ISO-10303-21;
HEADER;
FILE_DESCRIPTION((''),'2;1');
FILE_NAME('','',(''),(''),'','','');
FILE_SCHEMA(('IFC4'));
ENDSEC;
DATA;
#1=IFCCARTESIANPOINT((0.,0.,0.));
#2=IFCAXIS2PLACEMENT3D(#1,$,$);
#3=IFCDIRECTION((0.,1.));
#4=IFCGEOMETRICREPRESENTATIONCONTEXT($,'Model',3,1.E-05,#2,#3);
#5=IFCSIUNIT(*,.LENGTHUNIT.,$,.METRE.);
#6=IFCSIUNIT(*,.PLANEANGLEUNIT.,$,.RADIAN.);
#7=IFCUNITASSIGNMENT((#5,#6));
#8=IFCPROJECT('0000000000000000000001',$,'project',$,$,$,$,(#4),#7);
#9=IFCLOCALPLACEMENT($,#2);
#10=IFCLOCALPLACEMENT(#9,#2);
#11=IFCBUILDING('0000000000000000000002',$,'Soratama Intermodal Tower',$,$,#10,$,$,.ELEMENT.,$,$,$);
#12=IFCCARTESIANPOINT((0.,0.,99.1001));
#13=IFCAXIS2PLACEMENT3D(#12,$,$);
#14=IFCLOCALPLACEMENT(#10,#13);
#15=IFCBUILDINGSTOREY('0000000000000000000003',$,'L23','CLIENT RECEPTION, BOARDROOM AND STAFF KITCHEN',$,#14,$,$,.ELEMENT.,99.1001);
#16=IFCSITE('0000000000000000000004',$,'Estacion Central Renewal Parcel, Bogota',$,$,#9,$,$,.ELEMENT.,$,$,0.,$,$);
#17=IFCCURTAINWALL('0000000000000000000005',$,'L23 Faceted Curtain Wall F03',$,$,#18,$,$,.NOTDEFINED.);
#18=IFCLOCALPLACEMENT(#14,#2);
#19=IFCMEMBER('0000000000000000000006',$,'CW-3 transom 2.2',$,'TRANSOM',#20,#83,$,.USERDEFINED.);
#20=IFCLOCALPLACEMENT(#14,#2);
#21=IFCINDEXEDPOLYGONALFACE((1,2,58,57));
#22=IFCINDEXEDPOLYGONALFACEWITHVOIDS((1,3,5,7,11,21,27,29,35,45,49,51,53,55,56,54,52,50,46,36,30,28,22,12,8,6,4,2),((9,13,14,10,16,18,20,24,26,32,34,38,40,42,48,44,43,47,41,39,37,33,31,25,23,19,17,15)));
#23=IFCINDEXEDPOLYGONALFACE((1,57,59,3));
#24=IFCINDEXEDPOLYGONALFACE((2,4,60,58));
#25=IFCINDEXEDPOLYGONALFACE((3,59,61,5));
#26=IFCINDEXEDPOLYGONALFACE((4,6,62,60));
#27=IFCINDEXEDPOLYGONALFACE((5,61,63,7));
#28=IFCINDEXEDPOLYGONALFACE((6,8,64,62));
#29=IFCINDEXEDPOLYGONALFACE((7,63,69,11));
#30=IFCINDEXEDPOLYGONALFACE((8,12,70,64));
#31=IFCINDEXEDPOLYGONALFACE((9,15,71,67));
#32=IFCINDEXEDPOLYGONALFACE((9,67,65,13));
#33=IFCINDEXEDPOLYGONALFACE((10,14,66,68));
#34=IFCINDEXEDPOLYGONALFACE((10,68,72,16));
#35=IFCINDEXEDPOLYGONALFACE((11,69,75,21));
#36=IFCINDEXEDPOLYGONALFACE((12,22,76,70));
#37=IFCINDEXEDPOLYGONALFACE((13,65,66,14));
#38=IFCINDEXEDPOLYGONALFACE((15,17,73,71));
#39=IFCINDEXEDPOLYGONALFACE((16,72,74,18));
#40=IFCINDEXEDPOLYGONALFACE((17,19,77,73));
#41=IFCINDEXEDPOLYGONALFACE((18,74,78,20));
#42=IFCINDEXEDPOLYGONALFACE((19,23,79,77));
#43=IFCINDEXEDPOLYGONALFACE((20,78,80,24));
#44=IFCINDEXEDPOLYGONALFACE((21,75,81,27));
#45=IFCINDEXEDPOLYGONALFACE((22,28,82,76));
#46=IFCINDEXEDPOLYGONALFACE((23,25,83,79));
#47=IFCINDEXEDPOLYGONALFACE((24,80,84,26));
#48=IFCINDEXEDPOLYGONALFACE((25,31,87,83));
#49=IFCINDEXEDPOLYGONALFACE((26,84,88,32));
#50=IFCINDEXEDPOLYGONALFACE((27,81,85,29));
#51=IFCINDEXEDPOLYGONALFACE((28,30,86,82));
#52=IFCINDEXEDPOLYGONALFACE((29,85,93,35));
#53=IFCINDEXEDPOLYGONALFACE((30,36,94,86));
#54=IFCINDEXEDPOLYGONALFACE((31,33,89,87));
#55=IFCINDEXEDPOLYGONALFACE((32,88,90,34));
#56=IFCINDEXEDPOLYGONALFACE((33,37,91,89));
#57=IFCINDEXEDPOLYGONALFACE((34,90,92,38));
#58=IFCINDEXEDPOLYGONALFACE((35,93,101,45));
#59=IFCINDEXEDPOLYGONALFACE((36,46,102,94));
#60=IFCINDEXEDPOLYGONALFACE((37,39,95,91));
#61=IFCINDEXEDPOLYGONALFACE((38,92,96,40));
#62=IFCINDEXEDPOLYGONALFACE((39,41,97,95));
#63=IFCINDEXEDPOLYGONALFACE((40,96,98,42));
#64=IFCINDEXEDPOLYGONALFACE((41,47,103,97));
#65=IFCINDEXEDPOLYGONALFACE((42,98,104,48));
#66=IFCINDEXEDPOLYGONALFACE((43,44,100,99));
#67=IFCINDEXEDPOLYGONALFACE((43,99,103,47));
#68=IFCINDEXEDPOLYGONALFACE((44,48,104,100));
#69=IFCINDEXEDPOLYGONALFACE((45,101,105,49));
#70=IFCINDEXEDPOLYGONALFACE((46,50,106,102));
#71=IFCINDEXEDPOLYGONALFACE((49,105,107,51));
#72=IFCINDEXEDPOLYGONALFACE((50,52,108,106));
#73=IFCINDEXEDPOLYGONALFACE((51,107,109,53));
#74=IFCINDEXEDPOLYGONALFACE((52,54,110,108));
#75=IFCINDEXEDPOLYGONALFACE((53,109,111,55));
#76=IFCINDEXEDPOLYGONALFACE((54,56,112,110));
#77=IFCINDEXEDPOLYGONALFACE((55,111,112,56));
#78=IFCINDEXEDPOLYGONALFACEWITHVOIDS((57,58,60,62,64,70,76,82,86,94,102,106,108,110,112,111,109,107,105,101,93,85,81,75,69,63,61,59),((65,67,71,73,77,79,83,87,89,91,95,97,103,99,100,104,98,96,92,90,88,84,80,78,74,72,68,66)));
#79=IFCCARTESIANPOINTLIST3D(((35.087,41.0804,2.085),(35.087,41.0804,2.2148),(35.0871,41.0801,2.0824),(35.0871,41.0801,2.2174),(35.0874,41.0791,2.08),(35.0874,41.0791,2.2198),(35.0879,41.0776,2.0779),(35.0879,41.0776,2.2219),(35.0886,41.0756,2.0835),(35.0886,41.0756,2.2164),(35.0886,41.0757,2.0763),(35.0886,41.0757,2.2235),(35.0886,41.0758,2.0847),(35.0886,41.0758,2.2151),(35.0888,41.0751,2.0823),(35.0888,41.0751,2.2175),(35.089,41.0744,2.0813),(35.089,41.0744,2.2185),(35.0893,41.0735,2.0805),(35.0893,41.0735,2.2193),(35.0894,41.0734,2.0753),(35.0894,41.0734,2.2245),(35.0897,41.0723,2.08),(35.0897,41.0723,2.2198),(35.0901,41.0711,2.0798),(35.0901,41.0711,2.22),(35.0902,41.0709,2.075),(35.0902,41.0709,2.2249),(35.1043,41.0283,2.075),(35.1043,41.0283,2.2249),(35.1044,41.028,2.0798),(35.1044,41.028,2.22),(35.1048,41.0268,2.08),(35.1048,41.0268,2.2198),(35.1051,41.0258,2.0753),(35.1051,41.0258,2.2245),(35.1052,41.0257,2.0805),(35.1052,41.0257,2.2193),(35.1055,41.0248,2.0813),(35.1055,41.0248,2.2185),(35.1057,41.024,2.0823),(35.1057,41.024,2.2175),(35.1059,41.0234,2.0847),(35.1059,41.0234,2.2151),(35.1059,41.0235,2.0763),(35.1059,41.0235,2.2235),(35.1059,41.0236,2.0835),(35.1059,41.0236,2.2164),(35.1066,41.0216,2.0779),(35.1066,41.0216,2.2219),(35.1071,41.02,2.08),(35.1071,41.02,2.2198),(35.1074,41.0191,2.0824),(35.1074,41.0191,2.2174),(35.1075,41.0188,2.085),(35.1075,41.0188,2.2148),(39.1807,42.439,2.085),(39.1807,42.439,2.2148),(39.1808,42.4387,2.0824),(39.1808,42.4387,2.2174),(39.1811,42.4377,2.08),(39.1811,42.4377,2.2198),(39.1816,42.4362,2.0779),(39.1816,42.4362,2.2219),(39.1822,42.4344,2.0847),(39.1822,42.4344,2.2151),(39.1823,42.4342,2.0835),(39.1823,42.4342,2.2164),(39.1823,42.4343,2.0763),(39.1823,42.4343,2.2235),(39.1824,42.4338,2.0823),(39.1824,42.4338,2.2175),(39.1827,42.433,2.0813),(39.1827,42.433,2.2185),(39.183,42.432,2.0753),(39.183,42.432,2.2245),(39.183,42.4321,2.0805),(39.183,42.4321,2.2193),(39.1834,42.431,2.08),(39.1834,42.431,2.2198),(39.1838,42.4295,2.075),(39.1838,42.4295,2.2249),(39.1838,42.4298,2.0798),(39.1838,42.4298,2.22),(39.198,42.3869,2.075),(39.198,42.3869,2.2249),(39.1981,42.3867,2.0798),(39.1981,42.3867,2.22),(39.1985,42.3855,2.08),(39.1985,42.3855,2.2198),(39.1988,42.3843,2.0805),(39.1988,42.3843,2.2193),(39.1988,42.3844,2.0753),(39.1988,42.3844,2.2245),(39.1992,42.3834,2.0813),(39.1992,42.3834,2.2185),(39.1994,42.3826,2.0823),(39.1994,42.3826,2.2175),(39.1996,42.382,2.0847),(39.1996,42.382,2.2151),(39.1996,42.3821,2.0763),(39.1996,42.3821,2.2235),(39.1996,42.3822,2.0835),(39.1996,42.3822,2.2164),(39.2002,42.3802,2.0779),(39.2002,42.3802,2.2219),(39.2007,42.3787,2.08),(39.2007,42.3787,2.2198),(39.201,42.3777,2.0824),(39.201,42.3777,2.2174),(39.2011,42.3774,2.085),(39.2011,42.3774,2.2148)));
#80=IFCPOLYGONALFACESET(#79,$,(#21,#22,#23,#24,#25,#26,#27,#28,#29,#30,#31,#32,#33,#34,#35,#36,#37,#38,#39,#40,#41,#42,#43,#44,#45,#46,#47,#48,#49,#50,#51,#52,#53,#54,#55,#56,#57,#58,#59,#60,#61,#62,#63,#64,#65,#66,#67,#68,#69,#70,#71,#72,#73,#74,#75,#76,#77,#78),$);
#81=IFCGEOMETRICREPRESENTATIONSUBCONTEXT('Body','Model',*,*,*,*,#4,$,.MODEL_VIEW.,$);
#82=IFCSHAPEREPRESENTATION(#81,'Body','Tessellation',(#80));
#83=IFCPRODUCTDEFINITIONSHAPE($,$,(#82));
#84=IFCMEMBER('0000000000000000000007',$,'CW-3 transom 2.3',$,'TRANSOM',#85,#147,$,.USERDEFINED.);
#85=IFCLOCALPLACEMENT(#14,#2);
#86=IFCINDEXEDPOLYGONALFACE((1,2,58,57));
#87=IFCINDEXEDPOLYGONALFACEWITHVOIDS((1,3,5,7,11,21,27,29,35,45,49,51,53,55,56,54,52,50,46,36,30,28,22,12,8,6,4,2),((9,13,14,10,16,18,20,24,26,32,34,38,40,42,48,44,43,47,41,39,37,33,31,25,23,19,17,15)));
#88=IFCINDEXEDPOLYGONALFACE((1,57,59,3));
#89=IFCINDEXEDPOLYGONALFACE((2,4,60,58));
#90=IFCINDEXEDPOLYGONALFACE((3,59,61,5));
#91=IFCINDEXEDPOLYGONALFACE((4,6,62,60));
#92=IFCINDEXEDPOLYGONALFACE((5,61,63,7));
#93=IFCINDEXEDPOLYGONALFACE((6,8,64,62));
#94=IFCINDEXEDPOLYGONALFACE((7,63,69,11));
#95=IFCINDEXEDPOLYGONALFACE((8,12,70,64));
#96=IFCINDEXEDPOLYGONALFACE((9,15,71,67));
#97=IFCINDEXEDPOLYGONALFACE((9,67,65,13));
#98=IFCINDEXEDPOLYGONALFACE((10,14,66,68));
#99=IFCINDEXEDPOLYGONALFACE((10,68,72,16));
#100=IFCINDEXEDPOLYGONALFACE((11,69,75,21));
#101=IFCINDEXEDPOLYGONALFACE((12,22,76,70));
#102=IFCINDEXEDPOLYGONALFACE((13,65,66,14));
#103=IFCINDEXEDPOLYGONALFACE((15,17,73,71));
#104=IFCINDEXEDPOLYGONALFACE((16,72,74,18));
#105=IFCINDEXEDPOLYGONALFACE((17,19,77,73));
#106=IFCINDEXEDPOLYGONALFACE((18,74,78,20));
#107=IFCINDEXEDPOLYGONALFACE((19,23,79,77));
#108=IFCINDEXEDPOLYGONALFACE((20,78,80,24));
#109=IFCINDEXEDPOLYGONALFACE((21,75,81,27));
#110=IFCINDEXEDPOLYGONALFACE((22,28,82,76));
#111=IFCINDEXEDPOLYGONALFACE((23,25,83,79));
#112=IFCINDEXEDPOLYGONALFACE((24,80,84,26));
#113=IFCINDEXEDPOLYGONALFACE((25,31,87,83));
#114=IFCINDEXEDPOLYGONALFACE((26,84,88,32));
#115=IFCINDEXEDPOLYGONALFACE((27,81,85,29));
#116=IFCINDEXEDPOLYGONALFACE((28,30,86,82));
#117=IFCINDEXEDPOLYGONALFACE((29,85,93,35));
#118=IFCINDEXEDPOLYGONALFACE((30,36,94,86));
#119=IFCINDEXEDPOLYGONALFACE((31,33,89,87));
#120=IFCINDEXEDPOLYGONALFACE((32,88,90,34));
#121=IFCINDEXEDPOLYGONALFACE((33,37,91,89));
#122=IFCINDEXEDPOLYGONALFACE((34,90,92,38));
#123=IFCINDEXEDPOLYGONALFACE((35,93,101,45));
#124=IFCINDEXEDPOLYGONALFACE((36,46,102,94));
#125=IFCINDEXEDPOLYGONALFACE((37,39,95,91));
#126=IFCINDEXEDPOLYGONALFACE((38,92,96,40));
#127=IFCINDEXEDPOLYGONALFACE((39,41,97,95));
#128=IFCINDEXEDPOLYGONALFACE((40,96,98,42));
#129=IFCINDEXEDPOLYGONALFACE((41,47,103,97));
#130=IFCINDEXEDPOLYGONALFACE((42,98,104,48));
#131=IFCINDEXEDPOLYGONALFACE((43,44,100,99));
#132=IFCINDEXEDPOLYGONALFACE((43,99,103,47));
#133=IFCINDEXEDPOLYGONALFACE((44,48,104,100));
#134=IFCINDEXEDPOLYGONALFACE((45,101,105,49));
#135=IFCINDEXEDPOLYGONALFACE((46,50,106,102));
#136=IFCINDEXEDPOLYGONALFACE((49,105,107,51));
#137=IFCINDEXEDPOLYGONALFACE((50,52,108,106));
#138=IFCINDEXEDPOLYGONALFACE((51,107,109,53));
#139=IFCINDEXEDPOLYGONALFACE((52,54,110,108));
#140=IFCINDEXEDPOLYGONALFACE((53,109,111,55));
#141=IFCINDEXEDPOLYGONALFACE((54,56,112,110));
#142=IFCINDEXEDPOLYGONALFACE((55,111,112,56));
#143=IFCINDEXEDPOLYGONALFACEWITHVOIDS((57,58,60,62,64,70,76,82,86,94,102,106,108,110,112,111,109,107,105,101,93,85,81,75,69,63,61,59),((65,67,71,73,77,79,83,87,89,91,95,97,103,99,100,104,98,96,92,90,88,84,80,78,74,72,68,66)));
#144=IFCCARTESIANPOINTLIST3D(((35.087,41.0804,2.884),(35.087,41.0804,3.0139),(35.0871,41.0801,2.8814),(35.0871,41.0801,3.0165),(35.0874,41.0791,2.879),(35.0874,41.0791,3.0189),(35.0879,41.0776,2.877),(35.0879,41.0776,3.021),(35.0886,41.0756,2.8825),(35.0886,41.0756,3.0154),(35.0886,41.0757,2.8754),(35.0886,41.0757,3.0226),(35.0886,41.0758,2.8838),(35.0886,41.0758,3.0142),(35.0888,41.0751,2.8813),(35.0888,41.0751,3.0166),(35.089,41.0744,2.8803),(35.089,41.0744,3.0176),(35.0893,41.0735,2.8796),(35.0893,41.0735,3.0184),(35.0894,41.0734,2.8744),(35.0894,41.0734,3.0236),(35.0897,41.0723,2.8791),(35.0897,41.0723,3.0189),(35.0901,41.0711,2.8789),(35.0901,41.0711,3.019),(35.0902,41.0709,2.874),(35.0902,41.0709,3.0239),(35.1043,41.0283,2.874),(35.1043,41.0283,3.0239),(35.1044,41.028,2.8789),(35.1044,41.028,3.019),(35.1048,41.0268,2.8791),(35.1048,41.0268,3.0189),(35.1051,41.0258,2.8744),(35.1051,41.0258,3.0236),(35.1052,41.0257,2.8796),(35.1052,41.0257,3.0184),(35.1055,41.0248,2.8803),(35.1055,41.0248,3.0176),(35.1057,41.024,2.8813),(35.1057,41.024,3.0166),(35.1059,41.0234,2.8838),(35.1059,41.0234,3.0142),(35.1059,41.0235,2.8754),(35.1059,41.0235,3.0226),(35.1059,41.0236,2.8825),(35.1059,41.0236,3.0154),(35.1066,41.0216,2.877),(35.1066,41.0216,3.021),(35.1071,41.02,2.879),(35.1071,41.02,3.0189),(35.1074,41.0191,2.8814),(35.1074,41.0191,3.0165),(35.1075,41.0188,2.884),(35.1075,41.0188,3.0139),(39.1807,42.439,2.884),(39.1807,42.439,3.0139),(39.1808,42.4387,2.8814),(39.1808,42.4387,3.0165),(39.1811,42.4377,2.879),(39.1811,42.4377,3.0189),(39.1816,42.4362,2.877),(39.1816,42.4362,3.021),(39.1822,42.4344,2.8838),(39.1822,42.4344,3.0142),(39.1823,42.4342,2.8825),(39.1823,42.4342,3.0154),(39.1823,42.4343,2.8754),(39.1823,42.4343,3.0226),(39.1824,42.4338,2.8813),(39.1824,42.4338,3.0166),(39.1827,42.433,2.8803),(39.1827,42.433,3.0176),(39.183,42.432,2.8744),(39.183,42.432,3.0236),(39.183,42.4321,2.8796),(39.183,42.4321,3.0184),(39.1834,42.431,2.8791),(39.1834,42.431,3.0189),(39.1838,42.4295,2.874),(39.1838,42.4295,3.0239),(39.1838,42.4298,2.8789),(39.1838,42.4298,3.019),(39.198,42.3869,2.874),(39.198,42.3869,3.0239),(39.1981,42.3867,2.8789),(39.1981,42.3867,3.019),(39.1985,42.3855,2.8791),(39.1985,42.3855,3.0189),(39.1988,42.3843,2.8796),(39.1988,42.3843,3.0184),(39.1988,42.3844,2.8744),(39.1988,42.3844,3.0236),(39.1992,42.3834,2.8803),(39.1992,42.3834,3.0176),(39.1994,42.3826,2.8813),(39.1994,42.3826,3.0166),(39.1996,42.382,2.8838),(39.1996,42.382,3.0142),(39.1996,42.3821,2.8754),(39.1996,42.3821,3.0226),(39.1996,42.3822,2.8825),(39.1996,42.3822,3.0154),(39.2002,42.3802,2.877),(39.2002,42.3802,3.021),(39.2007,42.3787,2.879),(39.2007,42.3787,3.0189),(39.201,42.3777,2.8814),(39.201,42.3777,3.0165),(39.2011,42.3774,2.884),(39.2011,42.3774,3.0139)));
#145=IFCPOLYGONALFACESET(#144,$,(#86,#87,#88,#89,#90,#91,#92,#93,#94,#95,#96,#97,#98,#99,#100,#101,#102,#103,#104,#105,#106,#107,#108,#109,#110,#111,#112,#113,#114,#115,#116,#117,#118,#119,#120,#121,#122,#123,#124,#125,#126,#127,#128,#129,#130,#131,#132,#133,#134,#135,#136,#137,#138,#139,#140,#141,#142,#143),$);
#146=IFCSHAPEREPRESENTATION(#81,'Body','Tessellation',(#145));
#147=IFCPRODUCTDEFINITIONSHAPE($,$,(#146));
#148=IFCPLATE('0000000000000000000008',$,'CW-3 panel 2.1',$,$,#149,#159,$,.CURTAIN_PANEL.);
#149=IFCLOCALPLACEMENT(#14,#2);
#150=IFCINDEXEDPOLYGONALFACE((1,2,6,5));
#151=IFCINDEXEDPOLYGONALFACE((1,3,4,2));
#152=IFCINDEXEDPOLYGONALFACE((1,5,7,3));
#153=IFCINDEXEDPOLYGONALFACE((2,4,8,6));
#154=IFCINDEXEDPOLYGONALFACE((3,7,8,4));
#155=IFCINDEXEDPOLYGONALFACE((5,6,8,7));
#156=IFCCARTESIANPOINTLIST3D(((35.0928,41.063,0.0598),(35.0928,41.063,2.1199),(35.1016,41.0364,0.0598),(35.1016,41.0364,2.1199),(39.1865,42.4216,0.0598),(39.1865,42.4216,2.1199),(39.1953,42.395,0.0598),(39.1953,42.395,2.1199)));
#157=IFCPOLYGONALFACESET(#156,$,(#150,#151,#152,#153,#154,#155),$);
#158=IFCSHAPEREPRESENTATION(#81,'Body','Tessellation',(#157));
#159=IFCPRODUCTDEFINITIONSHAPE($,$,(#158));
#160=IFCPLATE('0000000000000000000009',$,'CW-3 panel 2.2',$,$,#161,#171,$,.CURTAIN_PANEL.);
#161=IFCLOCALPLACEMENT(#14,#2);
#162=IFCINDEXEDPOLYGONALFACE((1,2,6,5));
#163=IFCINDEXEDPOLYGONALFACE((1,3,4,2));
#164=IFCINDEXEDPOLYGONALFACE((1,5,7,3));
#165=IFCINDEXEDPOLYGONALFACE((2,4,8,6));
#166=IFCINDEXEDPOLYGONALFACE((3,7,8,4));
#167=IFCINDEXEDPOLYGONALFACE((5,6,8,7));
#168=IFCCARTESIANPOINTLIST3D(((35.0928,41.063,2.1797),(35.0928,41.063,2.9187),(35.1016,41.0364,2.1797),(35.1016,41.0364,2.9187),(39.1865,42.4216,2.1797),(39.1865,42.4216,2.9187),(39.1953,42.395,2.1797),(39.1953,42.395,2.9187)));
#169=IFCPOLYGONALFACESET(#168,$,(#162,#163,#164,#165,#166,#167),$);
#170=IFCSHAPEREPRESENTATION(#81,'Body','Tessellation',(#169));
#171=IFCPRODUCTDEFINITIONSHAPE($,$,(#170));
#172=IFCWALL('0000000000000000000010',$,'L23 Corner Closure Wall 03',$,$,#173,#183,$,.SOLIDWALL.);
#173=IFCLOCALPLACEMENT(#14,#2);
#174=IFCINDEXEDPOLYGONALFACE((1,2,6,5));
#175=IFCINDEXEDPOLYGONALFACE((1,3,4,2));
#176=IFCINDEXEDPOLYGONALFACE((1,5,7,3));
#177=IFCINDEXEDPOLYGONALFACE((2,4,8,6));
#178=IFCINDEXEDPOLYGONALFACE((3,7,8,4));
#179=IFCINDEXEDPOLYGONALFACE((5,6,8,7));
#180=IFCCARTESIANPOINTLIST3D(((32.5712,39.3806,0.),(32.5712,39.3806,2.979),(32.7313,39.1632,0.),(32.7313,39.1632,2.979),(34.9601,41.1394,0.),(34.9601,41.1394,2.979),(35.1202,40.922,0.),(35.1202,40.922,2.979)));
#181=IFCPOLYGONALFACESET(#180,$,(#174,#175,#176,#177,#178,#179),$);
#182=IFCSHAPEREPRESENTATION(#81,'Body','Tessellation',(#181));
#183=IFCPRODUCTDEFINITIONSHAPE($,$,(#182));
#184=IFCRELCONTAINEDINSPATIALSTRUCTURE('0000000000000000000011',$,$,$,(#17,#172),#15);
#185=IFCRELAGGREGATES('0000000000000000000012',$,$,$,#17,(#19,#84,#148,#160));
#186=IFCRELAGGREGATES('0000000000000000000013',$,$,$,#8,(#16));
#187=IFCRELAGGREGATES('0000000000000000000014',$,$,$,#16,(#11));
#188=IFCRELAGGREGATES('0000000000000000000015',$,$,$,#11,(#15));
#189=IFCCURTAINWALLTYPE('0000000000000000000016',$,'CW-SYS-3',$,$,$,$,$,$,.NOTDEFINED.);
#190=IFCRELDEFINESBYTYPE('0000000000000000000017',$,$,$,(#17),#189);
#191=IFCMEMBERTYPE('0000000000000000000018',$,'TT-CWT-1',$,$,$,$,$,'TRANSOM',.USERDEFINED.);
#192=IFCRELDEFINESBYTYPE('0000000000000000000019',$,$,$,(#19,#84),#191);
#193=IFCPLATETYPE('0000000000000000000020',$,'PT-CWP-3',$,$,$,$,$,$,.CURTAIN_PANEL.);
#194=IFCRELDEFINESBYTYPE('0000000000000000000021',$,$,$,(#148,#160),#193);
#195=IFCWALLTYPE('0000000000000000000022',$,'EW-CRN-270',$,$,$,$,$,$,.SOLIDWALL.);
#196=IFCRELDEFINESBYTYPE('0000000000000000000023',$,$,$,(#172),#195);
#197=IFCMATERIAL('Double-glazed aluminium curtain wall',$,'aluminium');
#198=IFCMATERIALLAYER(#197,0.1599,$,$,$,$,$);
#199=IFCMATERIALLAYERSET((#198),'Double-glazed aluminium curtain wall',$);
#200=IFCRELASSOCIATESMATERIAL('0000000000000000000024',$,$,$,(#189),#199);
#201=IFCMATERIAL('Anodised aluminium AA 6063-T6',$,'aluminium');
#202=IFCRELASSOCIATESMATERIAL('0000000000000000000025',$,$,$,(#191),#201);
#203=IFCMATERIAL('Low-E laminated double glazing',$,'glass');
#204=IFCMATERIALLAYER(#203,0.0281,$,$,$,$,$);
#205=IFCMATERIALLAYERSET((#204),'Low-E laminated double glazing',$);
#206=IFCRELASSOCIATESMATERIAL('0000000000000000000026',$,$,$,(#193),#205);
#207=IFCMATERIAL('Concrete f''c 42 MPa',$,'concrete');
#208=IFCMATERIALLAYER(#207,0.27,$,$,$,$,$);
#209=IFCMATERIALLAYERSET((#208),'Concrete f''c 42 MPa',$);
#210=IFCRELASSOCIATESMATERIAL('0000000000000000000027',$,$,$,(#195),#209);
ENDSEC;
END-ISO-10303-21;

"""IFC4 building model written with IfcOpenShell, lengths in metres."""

from ifc_helpers import new_model, si_unit, direction, frame, frame_2d, origin, origin_2d, place, context, subcontext, project, spatial, rectangle, hollow_rectangle, extrude, material, layer, layer_set, material_profile, profile_set, type_object, element, aggregate, save


model = new_model("IFC4")

# Units and contexts
model_context = context("Model", 3, precision=1e-05, world=origin(), true_north=direction((0.0, 1.0)))
body_context = subcontext(model_context, "Body", "Model", "MODEL_VIEW")
ifc_project = project(units=[si_unit("LENGTHUNIT", "METRE"), si_unit("PLANEANGLEUNIT", "RADIAN")], contexts=[model_context])

# Site, building, storey
site_placement = place(None, origin())
site = spatial("IfcSite", under=ifc_project, at=site_placement, Name="Estacion Central Renewal Parcel, Bogota", CompositionType="ELEMENT", RefElevation=0.0)
building_placement = place(site_placement, origin())
building = spatial("IfcBuilding", under=site, at=building_placement, Name="Soratama Intermodal Tower", CompositionType="ELEMENT")
storey_placement = place(building_placement, frame((0.0, 0.0, 99.1001)))
storey = spatial("IfcBuildingStorey", under=building, at=storey_placement, Name="L23", Description="CLIENT RECEPTION, BOARDROOM AND STAFF KITCHEN", CompositionType="ELEMENT", Elevation=99.1001)

# Curtain wall, members, plates
ifc_material_1 = material(Name="Double-glazed aluminium curtain wall", Category="aluminium")
ifc_layer_1 = layer(ifc_material_1, 0.1599)
ifc_layer_set_1 = layer_set([ifc_layer_1], Name="Double-glazed aluminium curtain wall")
curtain_wall_type = type_object("IfcCurtainWallType", Name="CW-SYS-3", PredefinedType="NOTDEFINED", material=ifc_layer_set_1)
curtain_wall_placement = place(storey_placement, origin())
curtain_wall = element("IfcCurtainWall", 1, at=curtain_wall_placement, inside=storey, type_object=curtain_wall_type, Name="L23 Faceted Curtain Wall F03", PredefinedType="NOTDEFINED")
ifc_material_2 = material(Name="Anodised aluminium AA 6063-T6", Category="aluminium")
ifc_material_profile_1 = material_profile(ifc_material_2, hollow_rectangle(XDim=0.0649, YDim=0.1499, WallThickness=0.0049, InnerFilletRadius=0.0049, OuterFilletRadius=0.01, at=origin_2d()), Name="CWT150X65X5")
ifc_profile_set_1 = profile_set([ifc_material_profile_1], Name="Anodised aluminium AA 6063-T6")
member_type_1 = type_object("IfcMemberType", Name="TT-CWT-1", ElementType="TRANSOM", PredefinedType="USERDEFINED", material=ifc_profile_set_1)
member_1_placement = place(storey_placement, frame((39.1909, 42.4082, 2.1499), z_axis=(-0.949096, -0.314988, 0.0), x_axis=(0.314988, -0.949096, 0.0)))
member_1 = element("IfcMember", 2, at=member_1_placement, type_object=member_type_1, Name="CW-3 transom 2.2", ObjectType="TRANSOM", PredefinedType="USERDEFINED", context=body_context, shape_type="SweptSolid", body=[
    extrude(hollow_rectangle(XDim=0.0649, YDim=0.1499, WallThickness=0.0049, InnerFilletRadius=0.0049, OuterFilletRadius=0.01, at=origin_2d()), origin(), (0.0, 0.0, 1.0), 4.3132),
])
member_2_placement = place(storey_placement, frame((39.1909, 42.4082, 2.949), z_axis=(-0.949096, -0.314988, 0.0), x_axis=(0.314988, -0.949096, 0.0)))
member_2 = element("IfcMember", 3, at=member_2_placement, type_object=member_type_1, Name="CW-3 transom 2.3", ObjectType="TRANSOM", PredefinedType="USERDEFINED", context=body_context, shape_type="SweptSolid", body=[
    extrude(hollow_rectangle(XDim=0.0649, YDim=0.1499, WallThickness=0.0049, InnerFilletRadius=0.0049, OuterFilletRadius=0.01, at=origin_2d()), origin(), (0.0, 0.0, 1.0), 4.3132),
])
ifc_material_3 = material(Name="Low-E laminated double glazing", Category="glass")
ifc_layer_2 = layer(ifc_material_3, 0.0281)
ifc_layer_set_2 = layer_set([ifc_layer_2], Name="Low-E laminated double glazing")
plate_type = type_object("IfcPlateType", Name="PT-CWP-3", PredefinedType="CURTAIN_PANEL", material=ifc_layer_set_2)
plate_1_placement = place(storey_placement, frame((37.144, 41.729, 0.0598), z_axis=(0.0, 0.0, 1.0), x_axis=(-0.949094, -0.314994, 0.0)))
plate_1 = element("IfcPlate", 4, at=plate_1_placement, type_object=plate_type, Name="CW-3 panel 2.1", PredefinedType="CURTAIN_PANEL", context=body_context, shape_type="SweptSolid", body=[
    extrude(rectangle(XDim=4.3132, YDim=0.0281, at=origin_2d()), origin(), (0.0, 0.0, 1.0), 2.0601),
])
plate_2_placement = place(storey_placement, frame((37.144, 41.729, 2.1797), z_axis=(0.0, 0.0, 1.0), x_axis=(-0.949094, -0.314994, 0.0)))
plate_2 = element("IfcPlate", 5, at=plate_2_placement, type_object=plate_type, Name="CW-3 panel 2.2", PredefinedType="CURTAIN_PANEL", context=body_context, shape_type="SweptSolid", body=[
    extrude(rectangle(XDim=4.3132, YDim=0.0281, at=origin_2d()), origin(), (0.0, 0.0, 1.0), 0.739),
])
aggregate(curtain_wall, [member_1, member_2, plate_1, plate_2])

# Wall
ifc_material_4 = material(Name="Concrete f'c 42 MPa", Category="concrete")
ifc_layer_3 = layer(ifc_material_4, 0.27)
ifc_layer_set_3 = layer_set([ifc_layer_3], Name="Concrete f'c 42 MPa")
wall_type_1 = type_object("IfcWallType", Name="EW-CRN-270", PredefinedType="SOLIDWALL", material=ifc_layer_set_3)
wall_1_placement = place(storey_placement, frame((35.0403, 41.0308, 0.0), z_axis=(0.0, 0.0, 1.0), x_axis=(-0.805292, -0.592879, 0.0)))
element("IfcWall", 6, at=wall_1_placement, inside=storey, type_object=wall_type_1, Name="L23 Corner Closure Wall 03", PredefinedType="SOLIDWALL", context=body_context, shape_type="SweptSolid", body=[
    extrude(rectangle(XDim=2.9666, YDim=0.27, at=frame_2d((1.4834, 0.0))), origin(), (0.0, 0.0, 1.0), 2.979),
])

save(model, "model.ifc")
